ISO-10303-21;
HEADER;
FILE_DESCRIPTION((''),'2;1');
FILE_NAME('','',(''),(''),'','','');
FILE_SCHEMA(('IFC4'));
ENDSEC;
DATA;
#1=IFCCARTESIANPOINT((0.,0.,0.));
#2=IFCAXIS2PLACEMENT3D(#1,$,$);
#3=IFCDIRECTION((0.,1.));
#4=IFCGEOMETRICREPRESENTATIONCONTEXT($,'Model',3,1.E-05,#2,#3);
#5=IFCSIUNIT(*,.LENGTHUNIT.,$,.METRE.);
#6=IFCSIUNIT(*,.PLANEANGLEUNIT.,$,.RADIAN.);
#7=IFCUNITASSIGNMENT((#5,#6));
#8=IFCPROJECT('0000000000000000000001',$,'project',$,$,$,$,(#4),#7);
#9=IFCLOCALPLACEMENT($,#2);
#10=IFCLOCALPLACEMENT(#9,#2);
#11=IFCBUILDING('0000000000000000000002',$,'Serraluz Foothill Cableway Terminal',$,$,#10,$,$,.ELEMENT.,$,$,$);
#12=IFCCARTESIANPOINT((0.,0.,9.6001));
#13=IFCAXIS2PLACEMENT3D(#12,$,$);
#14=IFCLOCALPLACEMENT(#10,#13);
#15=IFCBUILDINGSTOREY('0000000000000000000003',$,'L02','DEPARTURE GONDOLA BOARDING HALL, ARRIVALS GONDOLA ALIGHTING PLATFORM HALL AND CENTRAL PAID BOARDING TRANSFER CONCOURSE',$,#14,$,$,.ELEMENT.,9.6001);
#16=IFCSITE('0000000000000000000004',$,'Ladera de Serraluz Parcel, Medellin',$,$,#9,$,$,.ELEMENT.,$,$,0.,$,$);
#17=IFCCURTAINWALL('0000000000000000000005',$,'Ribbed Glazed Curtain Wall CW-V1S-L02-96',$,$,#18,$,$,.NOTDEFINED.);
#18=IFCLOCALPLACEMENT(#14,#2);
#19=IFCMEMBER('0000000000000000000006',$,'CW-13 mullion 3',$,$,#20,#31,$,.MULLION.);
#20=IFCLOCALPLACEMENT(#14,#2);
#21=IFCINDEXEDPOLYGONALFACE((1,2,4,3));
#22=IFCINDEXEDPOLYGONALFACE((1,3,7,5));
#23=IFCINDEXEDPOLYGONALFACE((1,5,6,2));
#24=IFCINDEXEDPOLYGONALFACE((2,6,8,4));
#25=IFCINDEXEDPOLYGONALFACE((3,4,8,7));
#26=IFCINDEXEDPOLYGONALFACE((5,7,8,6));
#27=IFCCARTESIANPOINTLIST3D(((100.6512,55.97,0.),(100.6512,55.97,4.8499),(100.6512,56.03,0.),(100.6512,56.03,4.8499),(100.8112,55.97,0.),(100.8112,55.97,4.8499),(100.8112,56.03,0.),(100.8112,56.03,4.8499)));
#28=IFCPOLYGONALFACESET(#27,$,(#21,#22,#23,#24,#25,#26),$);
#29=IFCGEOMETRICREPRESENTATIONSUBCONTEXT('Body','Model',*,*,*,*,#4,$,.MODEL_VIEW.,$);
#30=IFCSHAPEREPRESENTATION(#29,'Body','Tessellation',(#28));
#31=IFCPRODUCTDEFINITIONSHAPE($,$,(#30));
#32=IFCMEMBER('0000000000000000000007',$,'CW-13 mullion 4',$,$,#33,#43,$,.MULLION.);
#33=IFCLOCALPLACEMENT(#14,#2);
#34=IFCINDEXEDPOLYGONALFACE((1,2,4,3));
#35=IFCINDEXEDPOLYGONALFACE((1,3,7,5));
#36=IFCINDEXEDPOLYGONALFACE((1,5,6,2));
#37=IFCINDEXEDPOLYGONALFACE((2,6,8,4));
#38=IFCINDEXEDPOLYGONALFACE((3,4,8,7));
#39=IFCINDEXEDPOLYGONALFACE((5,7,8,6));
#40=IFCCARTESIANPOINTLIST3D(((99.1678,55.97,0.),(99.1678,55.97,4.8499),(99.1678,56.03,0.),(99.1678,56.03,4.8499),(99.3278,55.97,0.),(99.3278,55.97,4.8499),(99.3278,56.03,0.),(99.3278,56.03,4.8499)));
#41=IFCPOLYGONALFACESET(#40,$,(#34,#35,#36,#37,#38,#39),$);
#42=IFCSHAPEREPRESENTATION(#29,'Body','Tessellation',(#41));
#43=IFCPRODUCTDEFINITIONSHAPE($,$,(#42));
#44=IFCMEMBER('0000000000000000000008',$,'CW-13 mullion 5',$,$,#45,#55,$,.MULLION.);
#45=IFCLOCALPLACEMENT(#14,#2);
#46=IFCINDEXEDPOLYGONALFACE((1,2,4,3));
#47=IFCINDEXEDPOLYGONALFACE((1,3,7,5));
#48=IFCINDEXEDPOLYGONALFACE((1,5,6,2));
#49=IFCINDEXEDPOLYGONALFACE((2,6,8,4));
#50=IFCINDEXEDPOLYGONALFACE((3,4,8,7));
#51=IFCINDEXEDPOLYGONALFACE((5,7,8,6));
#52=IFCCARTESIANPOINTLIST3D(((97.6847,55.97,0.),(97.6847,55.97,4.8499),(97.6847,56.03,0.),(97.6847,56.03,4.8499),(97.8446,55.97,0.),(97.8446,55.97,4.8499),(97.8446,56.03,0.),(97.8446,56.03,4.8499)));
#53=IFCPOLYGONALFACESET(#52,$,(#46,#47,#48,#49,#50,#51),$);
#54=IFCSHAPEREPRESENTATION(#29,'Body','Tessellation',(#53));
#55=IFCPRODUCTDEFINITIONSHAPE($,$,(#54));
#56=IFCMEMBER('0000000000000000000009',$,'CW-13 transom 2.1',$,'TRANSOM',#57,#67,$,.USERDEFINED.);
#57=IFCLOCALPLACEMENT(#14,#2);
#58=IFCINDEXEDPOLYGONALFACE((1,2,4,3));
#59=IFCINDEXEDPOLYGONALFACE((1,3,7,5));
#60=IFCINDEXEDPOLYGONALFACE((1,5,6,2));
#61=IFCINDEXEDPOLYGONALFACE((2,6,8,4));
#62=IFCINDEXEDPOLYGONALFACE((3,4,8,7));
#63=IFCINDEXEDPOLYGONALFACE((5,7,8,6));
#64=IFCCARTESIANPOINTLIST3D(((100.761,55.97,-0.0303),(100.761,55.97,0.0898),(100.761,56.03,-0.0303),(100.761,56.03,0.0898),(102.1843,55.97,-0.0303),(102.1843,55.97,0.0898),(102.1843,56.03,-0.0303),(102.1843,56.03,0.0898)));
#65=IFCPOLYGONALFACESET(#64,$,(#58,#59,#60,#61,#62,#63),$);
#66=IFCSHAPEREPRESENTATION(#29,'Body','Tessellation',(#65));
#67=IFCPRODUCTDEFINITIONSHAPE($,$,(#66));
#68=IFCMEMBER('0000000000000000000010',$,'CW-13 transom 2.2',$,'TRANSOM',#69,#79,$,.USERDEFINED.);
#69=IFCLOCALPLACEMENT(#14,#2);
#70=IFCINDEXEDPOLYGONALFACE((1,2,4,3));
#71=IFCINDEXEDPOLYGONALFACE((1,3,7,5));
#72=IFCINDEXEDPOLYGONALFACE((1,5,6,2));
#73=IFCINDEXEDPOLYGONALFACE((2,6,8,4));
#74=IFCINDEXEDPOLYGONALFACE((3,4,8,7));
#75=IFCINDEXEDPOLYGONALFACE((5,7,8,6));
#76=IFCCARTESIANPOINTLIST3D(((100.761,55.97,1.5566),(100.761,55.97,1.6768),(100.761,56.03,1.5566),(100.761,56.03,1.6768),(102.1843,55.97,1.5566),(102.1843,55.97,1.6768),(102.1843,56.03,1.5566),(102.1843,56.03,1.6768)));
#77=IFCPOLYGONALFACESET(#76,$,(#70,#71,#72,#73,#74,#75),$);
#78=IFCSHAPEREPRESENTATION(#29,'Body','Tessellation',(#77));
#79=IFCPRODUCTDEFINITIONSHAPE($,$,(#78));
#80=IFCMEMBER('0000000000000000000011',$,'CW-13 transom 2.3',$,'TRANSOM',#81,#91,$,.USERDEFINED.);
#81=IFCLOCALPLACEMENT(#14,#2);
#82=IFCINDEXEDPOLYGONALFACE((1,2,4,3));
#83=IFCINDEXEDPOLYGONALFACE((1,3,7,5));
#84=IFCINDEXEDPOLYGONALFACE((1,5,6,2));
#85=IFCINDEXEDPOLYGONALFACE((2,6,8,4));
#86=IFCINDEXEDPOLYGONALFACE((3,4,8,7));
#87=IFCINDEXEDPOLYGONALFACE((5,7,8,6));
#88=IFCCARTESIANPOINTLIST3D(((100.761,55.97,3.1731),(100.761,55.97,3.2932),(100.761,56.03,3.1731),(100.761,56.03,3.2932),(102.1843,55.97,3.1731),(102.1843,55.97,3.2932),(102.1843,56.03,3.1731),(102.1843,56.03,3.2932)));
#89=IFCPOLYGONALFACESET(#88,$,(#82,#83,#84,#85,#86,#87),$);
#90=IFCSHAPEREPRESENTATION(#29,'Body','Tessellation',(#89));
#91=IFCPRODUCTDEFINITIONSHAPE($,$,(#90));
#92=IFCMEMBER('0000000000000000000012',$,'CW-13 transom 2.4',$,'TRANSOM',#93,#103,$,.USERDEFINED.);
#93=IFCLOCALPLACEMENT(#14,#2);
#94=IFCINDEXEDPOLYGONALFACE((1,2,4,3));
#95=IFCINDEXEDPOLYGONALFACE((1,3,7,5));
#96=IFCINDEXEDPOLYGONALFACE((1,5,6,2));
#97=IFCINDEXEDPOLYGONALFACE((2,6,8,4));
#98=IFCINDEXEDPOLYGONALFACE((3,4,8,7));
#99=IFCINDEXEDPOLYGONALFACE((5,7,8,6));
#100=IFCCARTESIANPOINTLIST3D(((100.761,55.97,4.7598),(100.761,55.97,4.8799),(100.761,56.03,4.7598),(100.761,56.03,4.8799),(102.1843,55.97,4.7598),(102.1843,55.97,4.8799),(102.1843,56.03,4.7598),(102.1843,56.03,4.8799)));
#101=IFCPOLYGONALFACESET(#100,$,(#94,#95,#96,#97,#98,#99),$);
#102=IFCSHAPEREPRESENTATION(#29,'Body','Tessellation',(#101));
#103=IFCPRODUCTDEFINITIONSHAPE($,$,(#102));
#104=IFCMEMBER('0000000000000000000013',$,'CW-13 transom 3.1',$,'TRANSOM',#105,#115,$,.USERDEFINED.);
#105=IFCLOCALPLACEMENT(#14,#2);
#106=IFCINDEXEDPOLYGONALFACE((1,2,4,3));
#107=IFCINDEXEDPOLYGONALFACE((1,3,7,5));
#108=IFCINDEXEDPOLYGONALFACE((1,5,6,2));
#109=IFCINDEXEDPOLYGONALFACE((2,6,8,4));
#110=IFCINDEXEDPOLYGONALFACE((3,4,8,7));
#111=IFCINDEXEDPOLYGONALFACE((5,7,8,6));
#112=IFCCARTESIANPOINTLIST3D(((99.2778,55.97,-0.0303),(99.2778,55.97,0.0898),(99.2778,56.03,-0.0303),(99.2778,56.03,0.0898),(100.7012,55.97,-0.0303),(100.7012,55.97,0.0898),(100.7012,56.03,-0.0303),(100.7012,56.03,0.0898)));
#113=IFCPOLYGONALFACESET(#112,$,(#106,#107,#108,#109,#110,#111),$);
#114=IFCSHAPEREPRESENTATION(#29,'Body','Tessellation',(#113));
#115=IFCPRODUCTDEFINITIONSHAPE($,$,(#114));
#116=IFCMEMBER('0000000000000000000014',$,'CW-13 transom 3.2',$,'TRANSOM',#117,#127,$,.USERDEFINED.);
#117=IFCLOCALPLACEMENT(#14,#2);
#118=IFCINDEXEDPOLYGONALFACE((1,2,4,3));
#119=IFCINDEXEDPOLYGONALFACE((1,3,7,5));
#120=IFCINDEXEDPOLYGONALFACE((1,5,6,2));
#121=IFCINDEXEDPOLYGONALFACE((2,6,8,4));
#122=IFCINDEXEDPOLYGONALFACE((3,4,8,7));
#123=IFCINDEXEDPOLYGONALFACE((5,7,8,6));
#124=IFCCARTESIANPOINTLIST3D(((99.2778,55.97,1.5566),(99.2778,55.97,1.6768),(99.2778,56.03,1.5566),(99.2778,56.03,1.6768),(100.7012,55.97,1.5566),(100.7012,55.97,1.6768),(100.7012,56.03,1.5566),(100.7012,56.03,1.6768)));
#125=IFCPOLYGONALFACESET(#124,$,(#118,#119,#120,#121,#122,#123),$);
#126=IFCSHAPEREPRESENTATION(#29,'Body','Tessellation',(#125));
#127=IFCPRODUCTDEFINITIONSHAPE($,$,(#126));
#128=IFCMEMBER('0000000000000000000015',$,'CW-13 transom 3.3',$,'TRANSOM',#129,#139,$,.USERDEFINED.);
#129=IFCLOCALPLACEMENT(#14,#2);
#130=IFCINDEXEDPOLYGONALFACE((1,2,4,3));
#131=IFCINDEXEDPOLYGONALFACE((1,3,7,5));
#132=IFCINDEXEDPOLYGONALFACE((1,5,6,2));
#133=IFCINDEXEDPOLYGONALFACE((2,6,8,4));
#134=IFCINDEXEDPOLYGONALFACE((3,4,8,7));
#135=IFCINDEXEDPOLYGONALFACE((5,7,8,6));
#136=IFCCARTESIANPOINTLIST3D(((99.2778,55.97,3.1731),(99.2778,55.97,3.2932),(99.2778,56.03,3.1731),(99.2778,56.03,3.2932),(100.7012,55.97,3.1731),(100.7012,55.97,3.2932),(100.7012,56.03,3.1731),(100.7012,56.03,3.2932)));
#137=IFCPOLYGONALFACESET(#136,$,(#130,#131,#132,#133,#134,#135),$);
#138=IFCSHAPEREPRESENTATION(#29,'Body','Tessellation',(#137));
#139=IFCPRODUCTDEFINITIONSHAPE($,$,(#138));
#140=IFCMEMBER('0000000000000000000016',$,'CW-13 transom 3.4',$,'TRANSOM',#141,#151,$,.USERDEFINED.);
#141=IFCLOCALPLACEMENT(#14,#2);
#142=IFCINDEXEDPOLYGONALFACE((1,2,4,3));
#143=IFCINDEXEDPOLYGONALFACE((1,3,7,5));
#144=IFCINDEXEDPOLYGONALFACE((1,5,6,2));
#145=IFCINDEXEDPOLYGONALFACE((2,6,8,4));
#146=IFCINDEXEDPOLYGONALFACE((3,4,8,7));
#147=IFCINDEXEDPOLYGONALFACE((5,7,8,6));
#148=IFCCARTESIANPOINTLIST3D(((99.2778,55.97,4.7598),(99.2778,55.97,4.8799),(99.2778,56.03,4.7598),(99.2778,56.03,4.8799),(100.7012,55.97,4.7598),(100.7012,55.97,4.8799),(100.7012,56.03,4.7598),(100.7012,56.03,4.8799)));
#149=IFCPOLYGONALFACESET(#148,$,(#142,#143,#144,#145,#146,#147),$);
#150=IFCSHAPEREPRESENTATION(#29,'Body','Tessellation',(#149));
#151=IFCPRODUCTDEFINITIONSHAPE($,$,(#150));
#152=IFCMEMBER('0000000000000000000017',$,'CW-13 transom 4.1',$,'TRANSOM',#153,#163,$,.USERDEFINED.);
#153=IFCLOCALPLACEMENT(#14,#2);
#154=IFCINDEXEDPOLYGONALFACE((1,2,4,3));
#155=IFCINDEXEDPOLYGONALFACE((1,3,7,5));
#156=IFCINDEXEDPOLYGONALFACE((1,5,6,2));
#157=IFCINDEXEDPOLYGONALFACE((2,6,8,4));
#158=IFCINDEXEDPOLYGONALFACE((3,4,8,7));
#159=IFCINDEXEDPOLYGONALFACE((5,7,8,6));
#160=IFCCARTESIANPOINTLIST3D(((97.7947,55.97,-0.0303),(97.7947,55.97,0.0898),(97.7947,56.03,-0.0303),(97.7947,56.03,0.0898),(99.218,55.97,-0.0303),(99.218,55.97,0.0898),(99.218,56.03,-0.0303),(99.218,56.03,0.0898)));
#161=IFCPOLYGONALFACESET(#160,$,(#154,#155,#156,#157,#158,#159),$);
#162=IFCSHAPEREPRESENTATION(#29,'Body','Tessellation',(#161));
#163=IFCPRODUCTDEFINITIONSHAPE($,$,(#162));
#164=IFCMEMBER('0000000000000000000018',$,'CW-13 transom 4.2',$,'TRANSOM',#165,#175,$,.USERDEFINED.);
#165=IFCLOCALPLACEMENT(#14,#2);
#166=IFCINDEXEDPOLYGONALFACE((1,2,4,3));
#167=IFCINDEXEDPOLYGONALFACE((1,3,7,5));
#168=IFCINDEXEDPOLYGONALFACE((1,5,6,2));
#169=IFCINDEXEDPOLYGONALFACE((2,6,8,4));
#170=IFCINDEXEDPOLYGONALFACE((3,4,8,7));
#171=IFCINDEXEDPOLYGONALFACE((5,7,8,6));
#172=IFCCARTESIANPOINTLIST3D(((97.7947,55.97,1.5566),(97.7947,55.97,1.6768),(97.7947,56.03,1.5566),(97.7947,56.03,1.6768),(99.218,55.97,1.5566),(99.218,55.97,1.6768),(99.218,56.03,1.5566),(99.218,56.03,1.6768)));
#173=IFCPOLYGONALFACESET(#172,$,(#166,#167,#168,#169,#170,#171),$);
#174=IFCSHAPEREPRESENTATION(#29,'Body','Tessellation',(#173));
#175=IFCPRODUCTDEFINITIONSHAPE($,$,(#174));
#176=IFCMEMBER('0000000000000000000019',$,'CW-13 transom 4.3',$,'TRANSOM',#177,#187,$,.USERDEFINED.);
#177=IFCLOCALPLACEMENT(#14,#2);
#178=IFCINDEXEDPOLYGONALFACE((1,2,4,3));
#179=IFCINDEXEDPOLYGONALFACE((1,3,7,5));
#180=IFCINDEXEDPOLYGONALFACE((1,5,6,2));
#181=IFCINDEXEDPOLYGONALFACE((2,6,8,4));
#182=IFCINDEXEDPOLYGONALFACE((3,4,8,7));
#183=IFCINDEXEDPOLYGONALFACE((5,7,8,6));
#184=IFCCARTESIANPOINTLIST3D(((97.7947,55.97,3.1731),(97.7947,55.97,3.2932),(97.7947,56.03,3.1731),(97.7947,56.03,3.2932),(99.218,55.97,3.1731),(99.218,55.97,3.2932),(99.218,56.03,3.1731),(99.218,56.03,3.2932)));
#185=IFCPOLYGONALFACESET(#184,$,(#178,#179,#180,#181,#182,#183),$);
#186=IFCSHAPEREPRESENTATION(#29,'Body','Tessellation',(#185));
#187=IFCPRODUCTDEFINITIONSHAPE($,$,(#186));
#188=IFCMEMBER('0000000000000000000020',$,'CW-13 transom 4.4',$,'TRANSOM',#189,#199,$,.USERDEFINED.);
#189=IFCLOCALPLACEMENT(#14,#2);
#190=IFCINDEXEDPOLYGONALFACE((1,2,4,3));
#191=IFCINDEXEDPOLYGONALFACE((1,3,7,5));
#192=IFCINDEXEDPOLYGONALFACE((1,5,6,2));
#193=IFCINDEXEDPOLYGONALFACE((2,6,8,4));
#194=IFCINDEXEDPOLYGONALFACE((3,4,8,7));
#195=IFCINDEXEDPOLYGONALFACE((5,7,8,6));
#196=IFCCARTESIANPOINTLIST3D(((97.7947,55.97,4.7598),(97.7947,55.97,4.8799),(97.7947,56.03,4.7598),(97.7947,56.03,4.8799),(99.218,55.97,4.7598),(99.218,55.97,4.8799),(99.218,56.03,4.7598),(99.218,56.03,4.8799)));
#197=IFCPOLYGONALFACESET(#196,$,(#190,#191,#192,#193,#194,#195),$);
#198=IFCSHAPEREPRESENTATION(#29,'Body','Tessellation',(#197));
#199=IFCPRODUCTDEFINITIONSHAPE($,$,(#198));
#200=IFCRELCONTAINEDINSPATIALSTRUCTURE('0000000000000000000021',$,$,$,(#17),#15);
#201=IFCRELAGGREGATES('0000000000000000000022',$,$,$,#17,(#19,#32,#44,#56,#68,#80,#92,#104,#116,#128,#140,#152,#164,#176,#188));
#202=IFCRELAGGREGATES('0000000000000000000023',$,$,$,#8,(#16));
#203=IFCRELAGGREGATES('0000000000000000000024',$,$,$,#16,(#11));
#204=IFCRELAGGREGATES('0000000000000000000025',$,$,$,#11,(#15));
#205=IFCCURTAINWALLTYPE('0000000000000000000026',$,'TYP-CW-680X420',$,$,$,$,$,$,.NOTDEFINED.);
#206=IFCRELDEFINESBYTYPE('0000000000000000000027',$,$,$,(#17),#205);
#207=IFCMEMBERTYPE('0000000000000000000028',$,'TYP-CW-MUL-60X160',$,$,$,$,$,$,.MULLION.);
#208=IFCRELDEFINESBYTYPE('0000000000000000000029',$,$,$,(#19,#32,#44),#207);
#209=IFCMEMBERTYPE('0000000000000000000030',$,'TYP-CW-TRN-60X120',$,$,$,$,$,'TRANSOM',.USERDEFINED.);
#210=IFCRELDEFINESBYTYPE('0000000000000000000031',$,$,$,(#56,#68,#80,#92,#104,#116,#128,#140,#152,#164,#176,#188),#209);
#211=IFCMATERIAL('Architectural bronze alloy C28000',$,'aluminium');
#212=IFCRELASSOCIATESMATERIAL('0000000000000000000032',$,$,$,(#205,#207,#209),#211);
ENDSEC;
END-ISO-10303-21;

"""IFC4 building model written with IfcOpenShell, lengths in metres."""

from ifc_helpers import new_model, si_unit, direction, frame, origin, origin_2d, place, context, subcontext, project, spatial, rectangle, extrude, material, material_profile, profile_set, type_object, element, aggregate, save


model = new_model("IFC4")

# Units and contexts
model_context = context("Model", 3, precision=1e-05, world=origin(), true_north=direction((0.0, 1.0)))
body_context = subcontext(model_context, "Body", "Model", "MODEL_VIEW")
ifc_project = project(units=[si_unit("LENGTHUNIT", "METRE"), si_unit("PLANEANGLEUNIT", "RADIAN")], contexts=[model_context])

# Site, building, storey
site_placement = place(None, origin())
site = spatial("IfcSite", under=ifc_project, at=site_placement, Name="Ladera de Serraluz Parcel, Medellin", CompositionType="ELEMENT", RefElevation=0.0)
building_placement = place(site_placement, origin())
building = spatial("IfcBuilding", under=site, at=building_placement, Name="Serraluz Foothill Cableway Terminal", CompositionType="ELEMENT")
storey_placement = place(building_placement, frame((0.0, 0.0, 9.6001)))
storey = spatial("IfcBuildingStorey", under=building, at=storey_placement, Name="L02", Description="DEPARTURE GONDOLA BOARDING HALL, ARRIVALS GONDOLA ALIGHTING PLATFORM HALL AND CENTRAL PAID BOARDING TRANSFER CONCOURSE", CompositionType="ELEMENT", Elevation=9.6001)

# Curtain wall, members
ifc_material_1 = material(Name="Architectural bronze alloy C28000", Category="aluminium")
curtain_wall_type = type_object("IfcCurtainWallType", Name="TYP-CW-680X420", PredefinedType="NOTDEFINED", material=ifc_material_1)
curtain_wall_placement = place(storey_placement, origin())
curtain_wall = element("IfcCurtainWall", 1, at=curtain_wall_placement, inside=storey, type_object=curtain_wall_type, Name="Ribbed Glazed Curtain Wall CW-V1S-L02-96", PredefinedType="NOTDEFINED")
ifc_material_profile_1 = material_profile(ifc_material_1, rectangle(XDim=0.0601, YDim=0.1599, at=origin_2d()), Name="ALU MULLION 60x160")
ifc_profile_set_1 = profile_set([ifc_material_profile_1], Name="Architectural bronze alloy C28000")
member_type_1 = type_object("IfcMemberType", Name="TYP-CW-MUL-60X160", PredefinedType="MULLION", material=ifc_profile_set_1)
member_1_placement = place(storey_placement, frame((100.7312, 56.0, 0.0), z_axis=(0.0, 0.0, 1.0), x_axis=(0.0, -1.0, 0.0)))
member_1 = element("IfcMember", 2, at=member_1_placement, type_object=member_type_1, Name="CW-13 mullion 3", PredefinedType="MULLION", context=body_context, shape_type="SweptSolid", body=[
    extrude(rectangle(XDim=0.0601, YDim=0.1599, at=origin_2d()), origin(), (0.0, 0.0, 1.0), 4.8499),
])
member_2_placement = place(storey_placement, frame((99.2478, 56.0, 0.0), z_axis=(0.0, 0.0, 1.0), x_axis=(0.0, -1.0, 0.0)))
member_2 = element("IfcMember", 3, at=member_2_placement, type_object=member_type_1, Name="CW-13 mullion 4", PredefinedType="MULLION", context=body_context, shape_type="SweptSolid", body=[
    extrude(rectangle(XDim=0.0601, YDim=0.1599, at=origin_2d()), origin(), (0.0, 0.0, 1.0), 4.8499),
])
member_3_placement = place(storey_placement, frame((97.7646, 56.0, 0.0), z_axis=(0.0, 0.0, 1.0), x_axis=(0.0, -1.0, 0.0)))
member_3 = element("IfcMember", 4, at=member_3_placement, type_object=member_type_1, Name="CW-13 mullion 5", PredefinedType="MULLION", context=body_context, shape_type="SweptSolid", body=[
    extrude(rectangle(XDim=0.0601, YDim=0.1599, at=origin_2d()), origin(), (0.0, 0.0, 1.0), 4.8499),
])
ifc_material_profile_2 = material_profile(ifc_material_1, rectangle(XDim=0.0601, YDim=0.1201, at=origin_2d()), Name="ALU TRANSOM 60x120")
ifc_profile_set_2 = profile_set([ifc_material_profile_2], Name="Architectural bronze alloy C28000")
member_type_2 = type_object("IfcMemberType", Name="TYP-CW-TRN-60X120", ElementType="TRANSOM", PredefinedType="USERDEFINED", material=ifc_profile_set_2)
member_4_placement = place(storey_placement, frame((102.1843, 56.0, 0.0298), z_axis=(-1.0, 0.0, 0.0), x_axis=(0.0, -1.0, 0.0)))
member_4 = element("IfcMember", 5, at=member_4_placement, type_object=member_type_2, Name="CW-13 transom 2.1", ObjectType="TRANSOM", PredefinedType="USERDEFINED", context=body_context, shape_type="SweptSolid", body=[
    extrude(rectangle(XDim=0.0601, YDim=0.1201, at=origin_2d()), origin(), (0.0, 0.0, 1.0), 1.4233),
])
member_5_placement = place(storey_placement, frame((102.1843, 56.0, 1.6167), z_axis=(-1.0, 0.0, 0.0), x_axis=(0.0, -1.0, 0.0)))
member_5 = element("IfcMember", 6, at=member_5_placement, type_object=member_type_2, Name="CW-13 transom 2.2", ObjectType="TRANSOM", PredefinedType="USERDEFINED", context=body_context, shape_type="SweptSolid", body=[
    extrude(rectangle(XDim=0.0601, YDim=0.1201, at=origin_2d()), origin(), (0.0, 0.0, 1.0), 1.4233),
])
member_6_placement = place(storey_placement, frame((102.1843, 56.0, 3.2332), z_axis=(-1.0, 0.0, 0.0), x_axis=(0.0, -1.0, 0.0)))
member_6 = element("IfcMember", 7, at=member_6_placement, type_object=member_type_2, Name="CW-13 transom 2.3", ObjectType="TRANSOM", PredefinedType="USERDEFINED", context=body_context, shape_type="SweptSolid", body=[
    extrude(rectangle(XDim=0.0601, YDim=0.1201, at=origin_2d()), origin(), (0.0, 0.0, 1.0), 1.4233),
])
member_7_placement = place(storey_placement, frame((102.1843, 56.0, 4.8198), z_axis=(-1.0, 0.0, 0.0), x_axis=(0.0, -1.0, 0.0)))
member_7 = element("IfcMember", 8, at=member_7_placement, type_object=member_type_2, Name="CW-13 transom 2.4", ObjectType="TRANSOM", PredefinedType="USERDEFINED", context=body_context, shape_type="SweptSolid", body=[
    extrude(rectangle(XDim=0.0601, YDim=0.1201, at=origin_2d()), origin(), (0.0, 0.0, 1.0), 1.4233),
])
member_8_placement = place(storey_placement, frame((100.7012, 56.0, 0.0298), z_axis=(-1.0, 0.0, 0.0), x_axis=(0.0, -1.0, 0.0)))
member_8 = element("IfcMember", 9, at=member_8_placement, type_object=member_type_2, Name="CW-13 transom 3.1", ObjectType="TRANSOM", PredefinedType="USERDEFINED", context=body_context, shape_type="SweptSolid", body=[
    extrude(rectangle(XDim=0.0601, YDim=0.1201, at=origin_2d()), origin(), (0.0, 0.0, 1.0), 1.4233),
])
member_9_placement = place(storey_placement, frame((100.7012, 56.0, 1.6167), z_axis=(-1.0, 0.0, 0.0), x_axis=(0.0, -1.0, 0.0)))
member_9 = element("IfcMember", 10, at=member_9_placement, type_object=member_type_2, Name="CW-13 transom 3.2", ObjectType="TRANSOM", PredefinedType="USERDEFINED", context=body_context, shape_type="SweptSolid", body=[
    extrude(rectangle(XDim=0.0601, YDim=0.1201, at=origin_2d()), origin(), (0.0, 0.0, 1.0), 1.4233),
])
member_10_placement = place(storey_placement, frame((100.7012, 56.0, 3.2332), z_axis=(-1.0, 0.0, 0.0), x_axis=(0.0, -1.0, 0.0)))
member_10 = element("IfcMember", 11, at=member_10_placement, type_object=member_type_2, Name="CW-13 transom 3.3", ObjectType="TRANSOM", PredefinedType="USERDEFINED", context=body_context, shape_type="SweptSolid", body=[
    extrude(rectangle(XDim=0.0601, YDim=0.1201, at=origin_2d()), origin(), (0.0, 0.0, 1.0), 1.4233),
])
member_11_placement = place(storey_placement, frame((100.7012, 56.0, 4.8198), z_axis=(-1.0, 0.0, 0.0), x_axis=(0.0, -1.0, 0.0)))
member_11 = element("IfcMember", 12, at=member_11_placement, type_object=member_type_2, Name="CW-13 transom 3.4", ObjectType="TRANSOM", PredefinedType="USERDEFINED", context=body_context, shape_type="SweptSolid", body=[
    extrude(rectangle(XDim=0.0601, YDim=0.1201, at=origin_2d()), origin(), (0.0, 0.0, 1.0), 1.4233),
])
member_12_placement = place(storey_placement, frame((99.218, 56.0, 0.0298), z_axis=(-1.0, 0.0, 0.0), x_axis=(0.0, -1.0, 0.0)))
member_12 = element("IfcMember", 13, at=member_12_placement, type_object=member_type_2, Name="CW-13 transom 4.1", ObjectType="TRANSOM", PredefinedType="USERDEFINED", context=body_context, shape_type="SweptSolid", body=[
    extrude(rectangle(XDim=0.0601, YDim=0.1201, at=origin_2d()), origin(), (0.0, 0.0, 1.0), 1.4233),
])
member_13_placement = place(storey_placement, frame((99.218, 56.0, 1.6167), z_axis=(-1.0, 0.0, 0.0), x_axis=(0.0, -1.0, 0.0)))
member_13 = element("IfcMember", 14, at=member_13_placement, type_object=member_type_2, Name="CW-13 transom 4.2", ObjectType="TRANSOM", PredefinedType="USERDEFINED", context=body_context, shape_type="SweptSolid", body=[
    extrude(rectangle(XDim=0.0601, YDim=0.1201, at=origin_2d()), origin(), (0.0, 0.0, 1.0), 1.4233),
])
member_14_placement = place(storey_placement, frame((99.218, 56.0, 3.2332), z_axis=(-1.0, 0.0, 0.0), x_axis=(0.0, -1.0, 0.0)))
member_14 = element("IfcMember", 15, at=member_14_placement, type_object=member_type_2, Name="CW-13 transom 4.3", ObjectType="TRANSOM", PredefinedType="USERDEFINED", context=body_context, shape_type="SweptSolid", body=[
    extrude(rectangle(XDim=0.0601, YDim=0.1201, at=origin_2d()), origin(), (0.0, 0.0, 1.0), 1.4233),
])
member_15_placement = place(storey_placement, frame((99.218, 56.0, 4.8198), z_axis=(-1.0, 0.0, 0.0), x_axis=(0.0, -1.0, 0.0)))
member_15 = element("IfcMember", 16, at=member_15_placement, type_object=member_type_2, Name="CW-13 transom 4.4", ObjectType="TRANSOM", PredefinedType="USERDEFINED", context=body_context, shape_type="SweptSolid", body=[
    extrude(rectangle(XDim=0.0601, YDim=0.1201, at=origin_2d()), origin(), (0.0, 0.0, 1.0), 1.4233),
])
aggregate(curtain_wall, [member_1, member_2, member_3, member_4, member_5, member_6, member_7, member_8, member_9, member_10, member_11, member_12, member_13, member_14, member_15])

save(model, "model.ifc")
